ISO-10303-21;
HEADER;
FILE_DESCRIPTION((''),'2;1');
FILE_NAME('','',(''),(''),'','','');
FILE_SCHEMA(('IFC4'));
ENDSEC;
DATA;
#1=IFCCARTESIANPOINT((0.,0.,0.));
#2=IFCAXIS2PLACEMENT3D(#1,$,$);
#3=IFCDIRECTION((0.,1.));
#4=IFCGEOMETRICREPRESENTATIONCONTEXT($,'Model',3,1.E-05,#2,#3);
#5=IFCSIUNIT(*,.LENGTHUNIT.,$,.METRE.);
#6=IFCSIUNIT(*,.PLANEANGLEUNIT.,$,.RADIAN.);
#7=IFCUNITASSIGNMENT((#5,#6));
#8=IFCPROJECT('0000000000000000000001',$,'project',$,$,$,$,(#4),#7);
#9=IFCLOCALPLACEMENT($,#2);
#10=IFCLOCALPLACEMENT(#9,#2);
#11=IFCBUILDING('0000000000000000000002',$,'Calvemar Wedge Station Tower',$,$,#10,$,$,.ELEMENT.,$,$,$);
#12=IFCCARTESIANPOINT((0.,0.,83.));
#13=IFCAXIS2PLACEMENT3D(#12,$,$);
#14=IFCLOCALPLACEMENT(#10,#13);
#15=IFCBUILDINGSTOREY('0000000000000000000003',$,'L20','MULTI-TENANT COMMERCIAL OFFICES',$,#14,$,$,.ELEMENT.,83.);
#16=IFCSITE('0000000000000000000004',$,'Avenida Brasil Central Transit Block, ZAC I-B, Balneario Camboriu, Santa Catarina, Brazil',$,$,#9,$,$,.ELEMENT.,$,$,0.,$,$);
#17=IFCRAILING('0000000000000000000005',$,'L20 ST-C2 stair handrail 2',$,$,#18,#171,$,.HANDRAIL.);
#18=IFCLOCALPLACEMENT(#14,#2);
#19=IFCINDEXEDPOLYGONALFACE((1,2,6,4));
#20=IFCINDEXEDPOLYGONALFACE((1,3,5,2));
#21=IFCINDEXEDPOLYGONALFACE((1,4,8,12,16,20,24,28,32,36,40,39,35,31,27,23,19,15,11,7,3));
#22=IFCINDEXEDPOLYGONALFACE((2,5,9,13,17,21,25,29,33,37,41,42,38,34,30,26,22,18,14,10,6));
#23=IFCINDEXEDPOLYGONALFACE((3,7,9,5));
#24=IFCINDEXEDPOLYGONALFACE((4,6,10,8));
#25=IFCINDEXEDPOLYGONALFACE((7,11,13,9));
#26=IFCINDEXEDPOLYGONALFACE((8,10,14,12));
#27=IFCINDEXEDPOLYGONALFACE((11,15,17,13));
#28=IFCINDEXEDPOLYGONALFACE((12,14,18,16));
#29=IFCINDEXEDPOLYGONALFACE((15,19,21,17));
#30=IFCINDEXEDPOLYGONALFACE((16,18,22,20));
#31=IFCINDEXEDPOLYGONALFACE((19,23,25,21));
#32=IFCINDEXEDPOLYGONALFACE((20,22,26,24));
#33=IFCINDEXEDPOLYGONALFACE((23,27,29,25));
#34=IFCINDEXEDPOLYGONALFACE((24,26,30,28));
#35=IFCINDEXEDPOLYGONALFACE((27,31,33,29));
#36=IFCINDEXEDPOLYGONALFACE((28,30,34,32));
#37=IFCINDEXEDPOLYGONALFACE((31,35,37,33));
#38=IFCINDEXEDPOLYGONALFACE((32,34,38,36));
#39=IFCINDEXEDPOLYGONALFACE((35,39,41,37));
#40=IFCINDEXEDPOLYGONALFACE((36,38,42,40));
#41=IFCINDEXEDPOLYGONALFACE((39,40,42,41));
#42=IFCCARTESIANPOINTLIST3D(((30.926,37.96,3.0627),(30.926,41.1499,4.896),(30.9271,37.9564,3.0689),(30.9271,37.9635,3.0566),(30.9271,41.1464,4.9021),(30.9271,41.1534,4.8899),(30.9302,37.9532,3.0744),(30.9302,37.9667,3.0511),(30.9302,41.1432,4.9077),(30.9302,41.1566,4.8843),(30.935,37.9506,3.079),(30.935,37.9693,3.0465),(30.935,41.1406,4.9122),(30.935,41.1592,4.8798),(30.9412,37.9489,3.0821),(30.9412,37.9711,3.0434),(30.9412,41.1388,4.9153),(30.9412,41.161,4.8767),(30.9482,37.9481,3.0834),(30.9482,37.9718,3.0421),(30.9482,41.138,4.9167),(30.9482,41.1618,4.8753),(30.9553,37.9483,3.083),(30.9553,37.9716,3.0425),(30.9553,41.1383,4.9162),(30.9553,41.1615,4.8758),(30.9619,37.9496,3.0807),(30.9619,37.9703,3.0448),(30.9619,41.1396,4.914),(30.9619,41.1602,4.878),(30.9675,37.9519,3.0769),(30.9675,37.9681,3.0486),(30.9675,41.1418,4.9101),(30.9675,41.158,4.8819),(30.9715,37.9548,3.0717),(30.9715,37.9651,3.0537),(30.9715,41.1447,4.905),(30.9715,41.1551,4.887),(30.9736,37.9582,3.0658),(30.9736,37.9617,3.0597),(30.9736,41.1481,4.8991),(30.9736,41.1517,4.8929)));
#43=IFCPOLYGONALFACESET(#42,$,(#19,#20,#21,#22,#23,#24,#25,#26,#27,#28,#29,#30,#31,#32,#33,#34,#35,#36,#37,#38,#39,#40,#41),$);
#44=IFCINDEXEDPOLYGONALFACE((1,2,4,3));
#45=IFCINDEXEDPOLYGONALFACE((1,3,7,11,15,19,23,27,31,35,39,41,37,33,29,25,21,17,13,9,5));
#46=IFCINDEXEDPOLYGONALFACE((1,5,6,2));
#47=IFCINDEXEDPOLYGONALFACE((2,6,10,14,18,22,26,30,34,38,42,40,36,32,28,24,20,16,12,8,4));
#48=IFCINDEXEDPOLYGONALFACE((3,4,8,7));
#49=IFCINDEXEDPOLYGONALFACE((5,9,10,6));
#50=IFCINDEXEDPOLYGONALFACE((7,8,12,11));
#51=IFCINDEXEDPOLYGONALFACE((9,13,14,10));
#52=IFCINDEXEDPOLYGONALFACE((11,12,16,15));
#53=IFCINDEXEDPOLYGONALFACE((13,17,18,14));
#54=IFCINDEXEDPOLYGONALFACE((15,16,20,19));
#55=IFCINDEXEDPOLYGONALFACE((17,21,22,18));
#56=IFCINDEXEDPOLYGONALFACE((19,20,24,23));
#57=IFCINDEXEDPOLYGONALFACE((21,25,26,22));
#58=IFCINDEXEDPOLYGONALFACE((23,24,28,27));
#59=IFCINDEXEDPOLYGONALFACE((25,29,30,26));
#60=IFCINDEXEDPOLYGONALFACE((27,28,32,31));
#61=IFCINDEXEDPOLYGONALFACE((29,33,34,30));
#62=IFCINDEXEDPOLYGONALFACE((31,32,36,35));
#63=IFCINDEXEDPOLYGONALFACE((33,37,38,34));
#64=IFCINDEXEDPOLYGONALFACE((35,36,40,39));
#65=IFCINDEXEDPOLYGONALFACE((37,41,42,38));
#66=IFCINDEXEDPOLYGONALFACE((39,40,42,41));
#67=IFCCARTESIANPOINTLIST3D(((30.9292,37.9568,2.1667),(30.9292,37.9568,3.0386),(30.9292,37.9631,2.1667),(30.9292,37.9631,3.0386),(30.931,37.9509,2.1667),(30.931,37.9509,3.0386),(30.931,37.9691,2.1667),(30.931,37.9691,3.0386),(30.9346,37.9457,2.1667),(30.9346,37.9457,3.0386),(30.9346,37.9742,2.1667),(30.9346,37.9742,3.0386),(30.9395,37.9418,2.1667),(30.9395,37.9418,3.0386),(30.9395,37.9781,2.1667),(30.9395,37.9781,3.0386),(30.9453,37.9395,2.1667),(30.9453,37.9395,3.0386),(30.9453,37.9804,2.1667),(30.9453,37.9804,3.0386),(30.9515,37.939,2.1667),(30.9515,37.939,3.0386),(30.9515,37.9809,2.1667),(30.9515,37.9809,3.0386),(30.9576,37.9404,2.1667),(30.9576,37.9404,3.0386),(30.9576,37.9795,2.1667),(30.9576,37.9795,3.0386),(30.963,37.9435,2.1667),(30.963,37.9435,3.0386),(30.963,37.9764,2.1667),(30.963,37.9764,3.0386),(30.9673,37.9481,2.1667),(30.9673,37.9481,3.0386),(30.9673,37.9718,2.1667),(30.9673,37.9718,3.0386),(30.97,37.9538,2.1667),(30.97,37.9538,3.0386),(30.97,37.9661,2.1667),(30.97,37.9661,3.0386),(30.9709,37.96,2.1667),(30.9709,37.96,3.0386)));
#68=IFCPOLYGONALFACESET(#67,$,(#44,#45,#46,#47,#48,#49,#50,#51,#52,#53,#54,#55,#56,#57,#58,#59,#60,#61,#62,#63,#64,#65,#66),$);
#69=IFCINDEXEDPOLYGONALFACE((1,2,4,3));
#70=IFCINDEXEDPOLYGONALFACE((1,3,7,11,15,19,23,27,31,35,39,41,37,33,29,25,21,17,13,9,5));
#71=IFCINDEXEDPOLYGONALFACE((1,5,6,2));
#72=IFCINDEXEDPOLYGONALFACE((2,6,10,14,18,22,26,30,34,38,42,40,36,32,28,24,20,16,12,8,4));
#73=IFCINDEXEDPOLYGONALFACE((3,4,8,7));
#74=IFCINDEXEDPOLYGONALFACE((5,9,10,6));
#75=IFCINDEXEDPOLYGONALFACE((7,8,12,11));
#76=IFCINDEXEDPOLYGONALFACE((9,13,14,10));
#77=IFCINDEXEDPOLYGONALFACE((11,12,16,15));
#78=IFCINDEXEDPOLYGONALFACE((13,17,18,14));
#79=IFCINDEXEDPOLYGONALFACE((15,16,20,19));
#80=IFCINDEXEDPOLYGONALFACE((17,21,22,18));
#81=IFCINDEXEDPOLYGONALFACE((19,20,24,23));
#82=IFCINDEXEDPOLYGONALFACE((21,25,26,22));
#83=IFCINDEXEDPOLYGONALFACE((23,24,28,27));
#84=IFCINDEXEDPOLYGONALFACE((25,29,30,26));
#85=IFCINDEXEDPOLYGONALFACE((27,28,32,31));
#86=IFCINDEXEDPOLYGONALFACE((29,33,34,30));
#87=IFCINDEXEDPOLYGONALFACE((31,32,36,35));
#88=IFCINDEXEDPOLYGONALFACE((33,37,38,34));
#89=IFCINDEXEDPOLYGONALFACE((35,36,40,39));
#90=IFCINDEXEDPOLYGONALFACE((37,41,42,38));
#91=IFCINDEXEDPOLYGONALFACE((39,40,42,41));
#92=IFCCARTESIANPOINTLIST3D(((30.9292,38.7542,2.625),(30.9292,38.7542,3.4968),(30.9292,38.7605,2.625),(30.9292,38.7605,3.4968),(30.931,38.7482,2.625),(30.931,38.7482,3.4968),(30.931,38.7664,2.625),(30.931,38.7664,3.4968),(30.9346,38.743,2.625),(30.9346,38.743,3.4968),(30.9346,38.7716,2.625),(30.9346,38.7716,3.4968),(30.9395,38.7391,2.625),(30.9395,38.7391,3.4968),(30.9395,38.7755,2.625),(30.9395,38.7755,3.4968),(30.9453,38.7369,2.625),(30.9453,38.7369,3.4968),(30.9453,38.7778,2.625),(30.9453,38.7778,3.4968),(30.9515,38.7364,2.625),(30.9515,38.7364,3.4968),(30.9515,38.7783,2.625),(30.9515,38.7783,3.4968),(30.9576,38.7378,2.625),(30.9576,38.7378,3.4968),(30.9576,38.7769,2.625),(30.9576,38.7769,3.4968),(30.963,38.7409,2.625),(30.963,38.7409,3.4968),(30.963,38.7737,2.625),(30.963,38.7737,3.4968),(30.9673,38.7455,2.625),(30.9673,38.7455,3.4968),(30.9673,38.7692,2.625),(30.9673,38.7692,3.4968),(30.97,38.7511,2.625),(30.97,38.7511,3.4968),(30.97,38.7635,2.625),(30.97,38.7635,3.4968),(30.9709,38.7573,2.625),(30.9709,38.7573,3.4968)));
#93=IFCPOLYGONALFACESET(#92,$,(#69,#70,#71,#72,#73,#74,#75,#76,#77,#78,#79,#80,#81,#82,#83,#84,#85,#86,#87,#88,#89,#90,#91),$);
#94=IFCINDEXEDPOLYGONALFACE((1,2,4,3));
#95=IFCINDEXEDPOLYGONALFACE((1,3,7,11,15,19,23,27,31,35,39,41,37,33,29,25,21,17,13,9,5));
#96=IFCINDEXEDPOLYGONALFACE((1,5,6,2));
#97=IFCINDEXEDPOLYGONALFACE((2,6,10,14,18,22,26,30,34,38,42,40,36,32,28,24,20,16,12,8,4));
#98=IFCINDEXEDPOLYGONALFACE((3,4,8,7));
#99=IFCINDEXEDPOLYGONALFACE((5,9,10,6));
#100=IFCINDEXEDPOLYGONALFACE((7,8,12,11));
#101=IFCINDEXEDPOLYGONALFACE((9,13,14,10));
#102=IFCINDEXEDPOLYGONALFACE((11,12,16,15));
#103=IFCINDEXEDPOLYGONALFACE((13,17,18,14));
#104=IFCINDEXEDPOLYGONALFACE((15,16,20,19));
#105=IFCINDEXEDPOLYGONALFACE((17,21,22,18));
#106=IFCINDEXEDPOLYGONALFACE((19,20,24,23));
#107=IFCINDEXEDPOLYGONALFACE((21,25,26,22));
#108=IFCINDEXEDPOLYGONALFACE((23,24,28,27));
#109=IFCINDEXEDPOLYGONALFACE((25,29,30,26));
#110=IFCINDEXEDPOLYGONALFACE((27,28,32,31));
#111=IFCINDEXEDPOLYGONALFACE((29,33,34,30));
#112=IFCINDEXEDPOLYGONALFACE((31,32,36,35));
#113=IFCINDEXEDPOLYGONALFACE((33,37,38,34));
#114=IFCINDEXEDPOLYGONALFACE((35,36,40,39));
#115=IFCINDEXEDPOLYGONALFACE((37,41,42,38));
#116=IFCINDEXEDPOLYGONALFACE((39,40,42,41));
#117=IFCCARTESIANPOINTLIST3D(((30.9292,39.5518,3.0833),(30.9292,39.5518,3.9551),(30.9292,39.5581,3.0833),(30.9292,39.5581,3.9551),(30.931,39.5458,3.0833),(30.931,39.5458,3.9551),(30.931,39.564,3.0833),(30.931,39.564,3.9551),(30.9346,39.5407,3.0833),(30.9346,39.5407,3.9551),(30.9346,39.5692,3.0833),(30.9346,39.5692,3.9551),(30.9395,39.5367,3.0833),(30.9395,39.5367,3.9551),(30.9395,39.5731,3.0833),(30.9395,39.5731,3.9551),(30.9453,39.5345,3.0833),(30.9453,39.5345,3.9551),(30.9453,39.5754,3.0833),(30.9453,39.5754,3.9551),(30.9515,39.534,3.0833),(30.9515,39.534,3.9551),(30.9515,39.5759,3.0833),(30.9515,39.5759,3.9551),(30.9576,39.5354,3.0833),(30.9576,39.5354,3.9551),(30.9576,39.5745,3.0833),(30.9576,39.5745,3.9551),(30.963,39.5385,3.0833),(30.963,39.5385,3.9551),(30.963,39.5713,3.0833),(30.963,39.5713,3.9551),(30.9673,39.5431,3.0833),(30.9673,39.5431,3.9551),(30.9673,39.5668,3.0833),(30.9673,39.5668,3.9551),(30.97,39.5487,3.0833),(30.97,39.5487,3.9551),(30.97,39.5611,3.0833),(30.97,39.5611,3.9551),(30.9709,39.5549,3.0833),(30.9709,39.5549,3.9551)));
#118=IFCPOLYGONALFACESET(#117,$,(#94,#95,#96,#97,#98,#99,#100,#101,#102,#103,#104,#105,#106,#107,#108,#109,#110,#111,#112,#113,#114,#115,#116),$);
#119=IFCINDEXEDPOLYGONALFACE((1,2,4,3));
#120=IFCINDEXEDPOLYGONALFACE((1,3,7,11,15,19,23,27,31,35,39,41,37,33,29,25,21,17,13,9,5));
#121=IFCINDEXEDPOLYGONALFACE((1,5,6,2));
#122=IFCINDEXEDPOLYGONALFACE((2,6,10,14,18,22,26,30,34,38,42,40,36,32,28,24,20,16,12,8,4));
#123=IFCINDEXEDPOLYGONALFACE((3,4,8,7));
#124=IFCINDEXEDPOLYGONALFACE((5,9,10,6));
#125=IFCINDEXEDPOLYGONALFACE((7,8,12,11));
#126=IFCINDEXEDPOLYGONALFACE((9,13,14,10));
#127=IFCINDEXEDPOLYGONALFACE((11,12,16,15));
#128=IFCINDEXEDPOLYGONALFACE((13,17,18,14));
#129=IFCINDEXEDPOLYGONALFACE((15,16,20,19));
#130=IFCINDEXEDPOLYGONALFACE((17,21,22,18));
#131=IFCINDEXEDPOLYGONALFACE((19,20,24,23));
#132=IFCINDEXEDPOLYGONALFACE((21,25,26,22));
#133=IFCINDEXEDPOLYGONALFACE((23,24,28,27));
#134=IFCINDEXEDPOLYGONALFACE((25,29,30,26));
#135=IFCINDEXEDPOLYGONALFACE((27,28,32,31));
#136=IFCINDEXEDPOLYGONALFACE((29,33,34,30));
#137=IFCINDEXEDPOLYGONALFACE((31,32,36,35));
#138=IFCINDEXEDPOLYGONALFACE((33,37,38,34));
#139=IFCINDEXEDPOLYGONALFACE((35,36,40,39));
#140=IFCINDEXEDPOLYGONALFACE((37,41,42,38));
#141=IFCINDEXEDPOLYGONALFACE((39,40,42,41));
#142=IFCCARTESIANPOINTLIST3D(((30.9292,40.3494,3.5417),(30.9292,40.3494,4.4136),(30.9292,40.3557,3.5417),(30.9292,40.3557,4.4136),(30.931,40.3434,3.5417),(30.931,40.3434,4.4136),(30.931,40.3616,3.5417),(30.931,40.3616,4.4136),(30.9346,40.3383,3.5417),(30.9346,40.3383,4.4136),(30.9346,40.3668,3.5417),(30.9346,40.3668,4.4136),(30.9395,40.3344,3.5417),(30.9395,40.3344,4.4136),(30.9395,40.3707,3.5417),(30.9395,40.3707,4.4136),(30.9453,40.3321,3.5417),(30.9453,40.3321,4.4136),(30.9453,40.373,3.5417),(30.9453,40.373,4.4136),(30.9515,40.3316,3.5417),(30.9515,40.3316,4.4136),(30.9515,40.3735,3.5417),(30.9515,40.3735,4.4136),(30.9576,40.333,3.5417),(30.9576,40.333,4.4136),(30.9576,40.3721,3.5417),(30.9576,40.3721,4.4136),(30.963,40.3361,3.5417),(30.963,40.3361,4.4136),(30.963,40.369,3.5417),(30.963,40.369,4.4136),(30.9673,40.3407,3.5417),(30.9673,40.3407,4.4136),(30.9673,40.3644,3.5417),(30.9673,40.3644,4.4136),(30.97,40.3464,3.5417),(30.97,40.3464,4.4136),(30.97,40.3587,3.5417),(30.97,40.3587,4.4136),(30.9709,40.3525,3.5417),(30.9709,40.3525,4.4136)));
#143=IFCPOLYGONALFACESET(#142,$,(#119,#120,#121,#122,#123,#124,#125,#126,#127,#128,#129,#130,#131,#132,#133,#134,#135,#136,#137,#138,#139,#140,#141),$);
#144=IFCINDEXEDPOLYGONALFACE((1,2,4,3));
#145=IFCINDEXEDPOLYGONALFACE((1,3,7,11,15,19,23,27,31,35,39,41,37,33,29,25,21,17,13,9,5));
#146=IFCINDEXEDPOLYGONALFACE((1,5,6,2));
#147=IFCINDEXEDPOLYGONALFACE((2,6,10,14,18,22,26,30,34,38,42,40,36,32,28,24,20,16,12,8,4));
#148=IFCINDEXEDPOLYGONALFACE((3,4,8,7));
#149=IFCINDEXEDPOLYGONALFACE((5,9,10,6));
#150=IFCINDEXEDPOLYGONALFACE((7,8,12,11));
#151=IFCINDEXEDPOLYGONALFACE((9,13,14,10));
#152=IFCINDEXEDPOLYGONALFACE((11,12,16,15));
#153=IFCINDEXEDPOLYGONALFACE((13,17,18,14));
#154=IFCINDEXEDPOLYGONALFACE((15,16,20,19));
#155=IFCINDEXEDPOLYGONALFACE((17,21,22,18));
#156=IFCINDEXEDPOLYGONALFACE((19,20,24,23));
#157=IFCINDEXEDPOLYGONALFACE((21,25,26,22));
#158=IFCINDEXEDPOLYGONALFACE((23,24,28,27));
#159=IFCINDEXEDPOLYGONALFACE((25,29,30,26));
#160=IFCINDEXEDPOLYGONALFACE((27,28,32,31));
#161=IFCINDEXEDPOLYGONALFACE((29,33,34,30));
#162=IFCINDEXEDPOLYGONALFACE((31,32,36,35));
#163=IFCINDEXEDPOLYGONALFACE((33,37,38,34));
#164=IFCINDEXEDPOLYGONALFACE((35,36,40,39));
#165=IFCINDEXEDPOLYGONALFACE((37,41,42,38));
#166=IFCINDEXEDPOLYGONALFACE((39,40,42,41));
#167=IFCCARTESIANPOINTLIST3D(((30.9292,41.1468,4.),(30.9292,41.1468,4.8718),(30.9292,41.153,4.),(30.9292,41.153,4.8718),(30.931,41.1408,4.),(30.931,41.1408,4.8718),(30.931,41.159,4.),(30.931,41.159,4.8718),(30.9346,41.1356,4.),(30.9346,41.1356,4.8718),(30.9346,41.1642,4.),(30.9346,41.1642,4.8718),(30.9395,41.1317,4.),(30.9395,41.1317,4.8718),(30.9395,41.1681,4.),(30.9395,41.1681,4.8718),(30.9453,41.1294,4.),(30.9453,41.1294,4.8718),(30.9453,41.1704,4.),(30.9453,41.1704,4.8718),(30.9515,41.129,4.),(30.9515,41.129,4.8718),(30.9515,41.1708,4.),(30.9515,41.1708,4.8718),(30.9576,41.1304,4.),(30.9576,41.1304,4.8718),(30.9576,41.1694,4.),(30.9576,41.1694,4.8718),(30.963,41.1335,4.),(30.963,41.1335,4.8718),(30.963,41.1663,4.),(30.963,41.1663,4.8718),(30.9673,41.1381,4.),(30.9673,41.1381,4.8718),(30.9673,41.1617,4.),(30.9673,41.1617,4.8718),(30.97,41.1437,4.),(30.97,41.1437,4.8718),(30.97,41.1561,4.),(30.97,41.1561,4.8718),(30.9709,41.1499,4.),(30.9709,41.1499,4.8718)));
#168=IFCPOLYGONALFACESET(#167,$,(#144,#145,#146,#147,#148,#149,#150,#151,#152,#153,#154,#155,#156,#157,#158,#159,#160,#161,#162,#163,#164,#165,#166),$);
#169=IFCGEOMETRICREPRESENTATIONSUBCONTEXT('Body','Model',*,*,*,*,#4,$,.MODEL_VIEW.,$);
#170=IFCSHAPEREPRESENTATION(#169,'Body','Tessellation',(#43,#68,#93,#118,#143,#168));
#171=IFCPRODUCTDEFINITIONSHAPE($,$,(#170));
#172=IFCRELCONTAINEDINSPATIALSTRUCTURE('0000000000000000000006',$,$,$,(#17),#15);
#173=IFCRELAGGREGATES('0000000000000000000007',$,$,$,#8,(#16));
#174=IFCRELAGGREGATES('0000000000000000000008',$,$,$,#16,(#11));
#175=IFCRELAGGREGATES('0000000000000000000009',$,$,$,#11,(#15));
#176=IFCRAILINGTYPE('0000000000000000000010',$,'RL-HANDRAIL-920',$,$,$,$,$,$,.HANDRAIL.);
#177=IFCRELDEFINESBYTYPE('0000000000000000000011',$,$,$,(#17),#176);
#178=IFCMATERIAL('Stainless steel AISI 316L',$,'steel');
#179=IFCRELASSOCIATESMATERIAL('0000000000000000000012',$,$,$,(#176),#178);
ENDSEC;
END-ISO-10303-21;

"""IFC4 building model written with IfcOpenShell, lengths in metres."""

from ifc_helpers import new_model, si_unit, direction, frame, origin, origin_2d, place, context, subcontext, project, spatial, circle, extrude, material, type_object, element, save


model = new_model("IFC4")

# Units and contexts
model_context = context("Model", 3, precision=1e-05, world=origin(), true_north=direction((0.0, 1.0)))
body_context = subcontext(model_context, "Body", "Model", "MODEL_VIEW")
ifc_project = project(units=[si_unit("LENGTHUNIT", "METRE"), si_unit("PLANEANGLEUNIT", "RADIAN")], contexts=[model_context])

# Site, building, storey
site_placement = place(None, origin())
site = spatial("IfcSite", under=ifc_project, at=site_placement, Name="Avenida Brasil Central Transit Block, ZAC I-B, Balneario Camboriu, Santa Catarina, Brazil", CompositionType="ELEMENT", RefElevation=0.0)
building_placement = place(site_placement, origin())
building = spatial("IfcBuilding", under=site, at=building_placement, Name="Calvemar Wedge Station Tower", CompositionType="ELEMENT")
storey_placement = place(building_placement, frame((0.0, 0.0, 83.0)))
storey = spatial("IfcBuildingStorey", under=building, at=storey_placement, Name="L20", Description="MULTI-TENANT COMMERCIAL OFFICES", CompositionType="ELEMENT", Elevation=83.0)

# Railing
ifc_material_1 = material(Name="Stainless steel AISI 316L", Category="steel")
railing_type_1 = type_object("IfcRailingType", Name="RL-HANDRAIL-920", PredefinedType="HANDRAIL", material=ifc_material_1)
railing_1_placement = place(storey_placement, frame((30.95, 37.96, 2.1667)))
element("IfcRailing", 1, at=railing_1_placement, inside=storey, type_object=railing_type_1, Name="L20 ST-C2 stair handrail 2", PredefinedType="HANDRAIL", context=body_context, shape_type="SweptSolid", body=[
    extrude(circle(Radius=0.0239, at=origin_2d()), frame((0.0, 0.0, 0.896), z_axis=(0.0, 0.86702, 0.498274), x_axis=(-1.0, 0.0, 0.0)), (0.0, 0.0, 1.0), 3.6792),
    extrude(circle(Radius=0.021, at=origin_2d()), origin(), (0.0, 0.0, 1.0), 0.8718),
    extrude(circle(Radius=0.021, at=origin_2d()), frame((0.0, 0.7974, 0.4583)), (0.0, 0.0, 1.0), 0.8718),
    extrude(circle(Radius=0.021, at=origin_2d()), frame((0.0, 1.595, 0.9165)), (0.0, 0.0, 1.0), 0.8718),
    extrude(circle(Radius=0.021, at=origin_2d()), frame((0.0, 2.3926, 1.375)), (0.0, 0.0, 1.0), 0.8718),
    extrude(circle(Radius=0.021, at=origin_2d()), frame((0.0, 3.1899, 1.8333)), (0.0, 0.0, 1.0), 0.8718),
])

save(model, "model.ifc")
